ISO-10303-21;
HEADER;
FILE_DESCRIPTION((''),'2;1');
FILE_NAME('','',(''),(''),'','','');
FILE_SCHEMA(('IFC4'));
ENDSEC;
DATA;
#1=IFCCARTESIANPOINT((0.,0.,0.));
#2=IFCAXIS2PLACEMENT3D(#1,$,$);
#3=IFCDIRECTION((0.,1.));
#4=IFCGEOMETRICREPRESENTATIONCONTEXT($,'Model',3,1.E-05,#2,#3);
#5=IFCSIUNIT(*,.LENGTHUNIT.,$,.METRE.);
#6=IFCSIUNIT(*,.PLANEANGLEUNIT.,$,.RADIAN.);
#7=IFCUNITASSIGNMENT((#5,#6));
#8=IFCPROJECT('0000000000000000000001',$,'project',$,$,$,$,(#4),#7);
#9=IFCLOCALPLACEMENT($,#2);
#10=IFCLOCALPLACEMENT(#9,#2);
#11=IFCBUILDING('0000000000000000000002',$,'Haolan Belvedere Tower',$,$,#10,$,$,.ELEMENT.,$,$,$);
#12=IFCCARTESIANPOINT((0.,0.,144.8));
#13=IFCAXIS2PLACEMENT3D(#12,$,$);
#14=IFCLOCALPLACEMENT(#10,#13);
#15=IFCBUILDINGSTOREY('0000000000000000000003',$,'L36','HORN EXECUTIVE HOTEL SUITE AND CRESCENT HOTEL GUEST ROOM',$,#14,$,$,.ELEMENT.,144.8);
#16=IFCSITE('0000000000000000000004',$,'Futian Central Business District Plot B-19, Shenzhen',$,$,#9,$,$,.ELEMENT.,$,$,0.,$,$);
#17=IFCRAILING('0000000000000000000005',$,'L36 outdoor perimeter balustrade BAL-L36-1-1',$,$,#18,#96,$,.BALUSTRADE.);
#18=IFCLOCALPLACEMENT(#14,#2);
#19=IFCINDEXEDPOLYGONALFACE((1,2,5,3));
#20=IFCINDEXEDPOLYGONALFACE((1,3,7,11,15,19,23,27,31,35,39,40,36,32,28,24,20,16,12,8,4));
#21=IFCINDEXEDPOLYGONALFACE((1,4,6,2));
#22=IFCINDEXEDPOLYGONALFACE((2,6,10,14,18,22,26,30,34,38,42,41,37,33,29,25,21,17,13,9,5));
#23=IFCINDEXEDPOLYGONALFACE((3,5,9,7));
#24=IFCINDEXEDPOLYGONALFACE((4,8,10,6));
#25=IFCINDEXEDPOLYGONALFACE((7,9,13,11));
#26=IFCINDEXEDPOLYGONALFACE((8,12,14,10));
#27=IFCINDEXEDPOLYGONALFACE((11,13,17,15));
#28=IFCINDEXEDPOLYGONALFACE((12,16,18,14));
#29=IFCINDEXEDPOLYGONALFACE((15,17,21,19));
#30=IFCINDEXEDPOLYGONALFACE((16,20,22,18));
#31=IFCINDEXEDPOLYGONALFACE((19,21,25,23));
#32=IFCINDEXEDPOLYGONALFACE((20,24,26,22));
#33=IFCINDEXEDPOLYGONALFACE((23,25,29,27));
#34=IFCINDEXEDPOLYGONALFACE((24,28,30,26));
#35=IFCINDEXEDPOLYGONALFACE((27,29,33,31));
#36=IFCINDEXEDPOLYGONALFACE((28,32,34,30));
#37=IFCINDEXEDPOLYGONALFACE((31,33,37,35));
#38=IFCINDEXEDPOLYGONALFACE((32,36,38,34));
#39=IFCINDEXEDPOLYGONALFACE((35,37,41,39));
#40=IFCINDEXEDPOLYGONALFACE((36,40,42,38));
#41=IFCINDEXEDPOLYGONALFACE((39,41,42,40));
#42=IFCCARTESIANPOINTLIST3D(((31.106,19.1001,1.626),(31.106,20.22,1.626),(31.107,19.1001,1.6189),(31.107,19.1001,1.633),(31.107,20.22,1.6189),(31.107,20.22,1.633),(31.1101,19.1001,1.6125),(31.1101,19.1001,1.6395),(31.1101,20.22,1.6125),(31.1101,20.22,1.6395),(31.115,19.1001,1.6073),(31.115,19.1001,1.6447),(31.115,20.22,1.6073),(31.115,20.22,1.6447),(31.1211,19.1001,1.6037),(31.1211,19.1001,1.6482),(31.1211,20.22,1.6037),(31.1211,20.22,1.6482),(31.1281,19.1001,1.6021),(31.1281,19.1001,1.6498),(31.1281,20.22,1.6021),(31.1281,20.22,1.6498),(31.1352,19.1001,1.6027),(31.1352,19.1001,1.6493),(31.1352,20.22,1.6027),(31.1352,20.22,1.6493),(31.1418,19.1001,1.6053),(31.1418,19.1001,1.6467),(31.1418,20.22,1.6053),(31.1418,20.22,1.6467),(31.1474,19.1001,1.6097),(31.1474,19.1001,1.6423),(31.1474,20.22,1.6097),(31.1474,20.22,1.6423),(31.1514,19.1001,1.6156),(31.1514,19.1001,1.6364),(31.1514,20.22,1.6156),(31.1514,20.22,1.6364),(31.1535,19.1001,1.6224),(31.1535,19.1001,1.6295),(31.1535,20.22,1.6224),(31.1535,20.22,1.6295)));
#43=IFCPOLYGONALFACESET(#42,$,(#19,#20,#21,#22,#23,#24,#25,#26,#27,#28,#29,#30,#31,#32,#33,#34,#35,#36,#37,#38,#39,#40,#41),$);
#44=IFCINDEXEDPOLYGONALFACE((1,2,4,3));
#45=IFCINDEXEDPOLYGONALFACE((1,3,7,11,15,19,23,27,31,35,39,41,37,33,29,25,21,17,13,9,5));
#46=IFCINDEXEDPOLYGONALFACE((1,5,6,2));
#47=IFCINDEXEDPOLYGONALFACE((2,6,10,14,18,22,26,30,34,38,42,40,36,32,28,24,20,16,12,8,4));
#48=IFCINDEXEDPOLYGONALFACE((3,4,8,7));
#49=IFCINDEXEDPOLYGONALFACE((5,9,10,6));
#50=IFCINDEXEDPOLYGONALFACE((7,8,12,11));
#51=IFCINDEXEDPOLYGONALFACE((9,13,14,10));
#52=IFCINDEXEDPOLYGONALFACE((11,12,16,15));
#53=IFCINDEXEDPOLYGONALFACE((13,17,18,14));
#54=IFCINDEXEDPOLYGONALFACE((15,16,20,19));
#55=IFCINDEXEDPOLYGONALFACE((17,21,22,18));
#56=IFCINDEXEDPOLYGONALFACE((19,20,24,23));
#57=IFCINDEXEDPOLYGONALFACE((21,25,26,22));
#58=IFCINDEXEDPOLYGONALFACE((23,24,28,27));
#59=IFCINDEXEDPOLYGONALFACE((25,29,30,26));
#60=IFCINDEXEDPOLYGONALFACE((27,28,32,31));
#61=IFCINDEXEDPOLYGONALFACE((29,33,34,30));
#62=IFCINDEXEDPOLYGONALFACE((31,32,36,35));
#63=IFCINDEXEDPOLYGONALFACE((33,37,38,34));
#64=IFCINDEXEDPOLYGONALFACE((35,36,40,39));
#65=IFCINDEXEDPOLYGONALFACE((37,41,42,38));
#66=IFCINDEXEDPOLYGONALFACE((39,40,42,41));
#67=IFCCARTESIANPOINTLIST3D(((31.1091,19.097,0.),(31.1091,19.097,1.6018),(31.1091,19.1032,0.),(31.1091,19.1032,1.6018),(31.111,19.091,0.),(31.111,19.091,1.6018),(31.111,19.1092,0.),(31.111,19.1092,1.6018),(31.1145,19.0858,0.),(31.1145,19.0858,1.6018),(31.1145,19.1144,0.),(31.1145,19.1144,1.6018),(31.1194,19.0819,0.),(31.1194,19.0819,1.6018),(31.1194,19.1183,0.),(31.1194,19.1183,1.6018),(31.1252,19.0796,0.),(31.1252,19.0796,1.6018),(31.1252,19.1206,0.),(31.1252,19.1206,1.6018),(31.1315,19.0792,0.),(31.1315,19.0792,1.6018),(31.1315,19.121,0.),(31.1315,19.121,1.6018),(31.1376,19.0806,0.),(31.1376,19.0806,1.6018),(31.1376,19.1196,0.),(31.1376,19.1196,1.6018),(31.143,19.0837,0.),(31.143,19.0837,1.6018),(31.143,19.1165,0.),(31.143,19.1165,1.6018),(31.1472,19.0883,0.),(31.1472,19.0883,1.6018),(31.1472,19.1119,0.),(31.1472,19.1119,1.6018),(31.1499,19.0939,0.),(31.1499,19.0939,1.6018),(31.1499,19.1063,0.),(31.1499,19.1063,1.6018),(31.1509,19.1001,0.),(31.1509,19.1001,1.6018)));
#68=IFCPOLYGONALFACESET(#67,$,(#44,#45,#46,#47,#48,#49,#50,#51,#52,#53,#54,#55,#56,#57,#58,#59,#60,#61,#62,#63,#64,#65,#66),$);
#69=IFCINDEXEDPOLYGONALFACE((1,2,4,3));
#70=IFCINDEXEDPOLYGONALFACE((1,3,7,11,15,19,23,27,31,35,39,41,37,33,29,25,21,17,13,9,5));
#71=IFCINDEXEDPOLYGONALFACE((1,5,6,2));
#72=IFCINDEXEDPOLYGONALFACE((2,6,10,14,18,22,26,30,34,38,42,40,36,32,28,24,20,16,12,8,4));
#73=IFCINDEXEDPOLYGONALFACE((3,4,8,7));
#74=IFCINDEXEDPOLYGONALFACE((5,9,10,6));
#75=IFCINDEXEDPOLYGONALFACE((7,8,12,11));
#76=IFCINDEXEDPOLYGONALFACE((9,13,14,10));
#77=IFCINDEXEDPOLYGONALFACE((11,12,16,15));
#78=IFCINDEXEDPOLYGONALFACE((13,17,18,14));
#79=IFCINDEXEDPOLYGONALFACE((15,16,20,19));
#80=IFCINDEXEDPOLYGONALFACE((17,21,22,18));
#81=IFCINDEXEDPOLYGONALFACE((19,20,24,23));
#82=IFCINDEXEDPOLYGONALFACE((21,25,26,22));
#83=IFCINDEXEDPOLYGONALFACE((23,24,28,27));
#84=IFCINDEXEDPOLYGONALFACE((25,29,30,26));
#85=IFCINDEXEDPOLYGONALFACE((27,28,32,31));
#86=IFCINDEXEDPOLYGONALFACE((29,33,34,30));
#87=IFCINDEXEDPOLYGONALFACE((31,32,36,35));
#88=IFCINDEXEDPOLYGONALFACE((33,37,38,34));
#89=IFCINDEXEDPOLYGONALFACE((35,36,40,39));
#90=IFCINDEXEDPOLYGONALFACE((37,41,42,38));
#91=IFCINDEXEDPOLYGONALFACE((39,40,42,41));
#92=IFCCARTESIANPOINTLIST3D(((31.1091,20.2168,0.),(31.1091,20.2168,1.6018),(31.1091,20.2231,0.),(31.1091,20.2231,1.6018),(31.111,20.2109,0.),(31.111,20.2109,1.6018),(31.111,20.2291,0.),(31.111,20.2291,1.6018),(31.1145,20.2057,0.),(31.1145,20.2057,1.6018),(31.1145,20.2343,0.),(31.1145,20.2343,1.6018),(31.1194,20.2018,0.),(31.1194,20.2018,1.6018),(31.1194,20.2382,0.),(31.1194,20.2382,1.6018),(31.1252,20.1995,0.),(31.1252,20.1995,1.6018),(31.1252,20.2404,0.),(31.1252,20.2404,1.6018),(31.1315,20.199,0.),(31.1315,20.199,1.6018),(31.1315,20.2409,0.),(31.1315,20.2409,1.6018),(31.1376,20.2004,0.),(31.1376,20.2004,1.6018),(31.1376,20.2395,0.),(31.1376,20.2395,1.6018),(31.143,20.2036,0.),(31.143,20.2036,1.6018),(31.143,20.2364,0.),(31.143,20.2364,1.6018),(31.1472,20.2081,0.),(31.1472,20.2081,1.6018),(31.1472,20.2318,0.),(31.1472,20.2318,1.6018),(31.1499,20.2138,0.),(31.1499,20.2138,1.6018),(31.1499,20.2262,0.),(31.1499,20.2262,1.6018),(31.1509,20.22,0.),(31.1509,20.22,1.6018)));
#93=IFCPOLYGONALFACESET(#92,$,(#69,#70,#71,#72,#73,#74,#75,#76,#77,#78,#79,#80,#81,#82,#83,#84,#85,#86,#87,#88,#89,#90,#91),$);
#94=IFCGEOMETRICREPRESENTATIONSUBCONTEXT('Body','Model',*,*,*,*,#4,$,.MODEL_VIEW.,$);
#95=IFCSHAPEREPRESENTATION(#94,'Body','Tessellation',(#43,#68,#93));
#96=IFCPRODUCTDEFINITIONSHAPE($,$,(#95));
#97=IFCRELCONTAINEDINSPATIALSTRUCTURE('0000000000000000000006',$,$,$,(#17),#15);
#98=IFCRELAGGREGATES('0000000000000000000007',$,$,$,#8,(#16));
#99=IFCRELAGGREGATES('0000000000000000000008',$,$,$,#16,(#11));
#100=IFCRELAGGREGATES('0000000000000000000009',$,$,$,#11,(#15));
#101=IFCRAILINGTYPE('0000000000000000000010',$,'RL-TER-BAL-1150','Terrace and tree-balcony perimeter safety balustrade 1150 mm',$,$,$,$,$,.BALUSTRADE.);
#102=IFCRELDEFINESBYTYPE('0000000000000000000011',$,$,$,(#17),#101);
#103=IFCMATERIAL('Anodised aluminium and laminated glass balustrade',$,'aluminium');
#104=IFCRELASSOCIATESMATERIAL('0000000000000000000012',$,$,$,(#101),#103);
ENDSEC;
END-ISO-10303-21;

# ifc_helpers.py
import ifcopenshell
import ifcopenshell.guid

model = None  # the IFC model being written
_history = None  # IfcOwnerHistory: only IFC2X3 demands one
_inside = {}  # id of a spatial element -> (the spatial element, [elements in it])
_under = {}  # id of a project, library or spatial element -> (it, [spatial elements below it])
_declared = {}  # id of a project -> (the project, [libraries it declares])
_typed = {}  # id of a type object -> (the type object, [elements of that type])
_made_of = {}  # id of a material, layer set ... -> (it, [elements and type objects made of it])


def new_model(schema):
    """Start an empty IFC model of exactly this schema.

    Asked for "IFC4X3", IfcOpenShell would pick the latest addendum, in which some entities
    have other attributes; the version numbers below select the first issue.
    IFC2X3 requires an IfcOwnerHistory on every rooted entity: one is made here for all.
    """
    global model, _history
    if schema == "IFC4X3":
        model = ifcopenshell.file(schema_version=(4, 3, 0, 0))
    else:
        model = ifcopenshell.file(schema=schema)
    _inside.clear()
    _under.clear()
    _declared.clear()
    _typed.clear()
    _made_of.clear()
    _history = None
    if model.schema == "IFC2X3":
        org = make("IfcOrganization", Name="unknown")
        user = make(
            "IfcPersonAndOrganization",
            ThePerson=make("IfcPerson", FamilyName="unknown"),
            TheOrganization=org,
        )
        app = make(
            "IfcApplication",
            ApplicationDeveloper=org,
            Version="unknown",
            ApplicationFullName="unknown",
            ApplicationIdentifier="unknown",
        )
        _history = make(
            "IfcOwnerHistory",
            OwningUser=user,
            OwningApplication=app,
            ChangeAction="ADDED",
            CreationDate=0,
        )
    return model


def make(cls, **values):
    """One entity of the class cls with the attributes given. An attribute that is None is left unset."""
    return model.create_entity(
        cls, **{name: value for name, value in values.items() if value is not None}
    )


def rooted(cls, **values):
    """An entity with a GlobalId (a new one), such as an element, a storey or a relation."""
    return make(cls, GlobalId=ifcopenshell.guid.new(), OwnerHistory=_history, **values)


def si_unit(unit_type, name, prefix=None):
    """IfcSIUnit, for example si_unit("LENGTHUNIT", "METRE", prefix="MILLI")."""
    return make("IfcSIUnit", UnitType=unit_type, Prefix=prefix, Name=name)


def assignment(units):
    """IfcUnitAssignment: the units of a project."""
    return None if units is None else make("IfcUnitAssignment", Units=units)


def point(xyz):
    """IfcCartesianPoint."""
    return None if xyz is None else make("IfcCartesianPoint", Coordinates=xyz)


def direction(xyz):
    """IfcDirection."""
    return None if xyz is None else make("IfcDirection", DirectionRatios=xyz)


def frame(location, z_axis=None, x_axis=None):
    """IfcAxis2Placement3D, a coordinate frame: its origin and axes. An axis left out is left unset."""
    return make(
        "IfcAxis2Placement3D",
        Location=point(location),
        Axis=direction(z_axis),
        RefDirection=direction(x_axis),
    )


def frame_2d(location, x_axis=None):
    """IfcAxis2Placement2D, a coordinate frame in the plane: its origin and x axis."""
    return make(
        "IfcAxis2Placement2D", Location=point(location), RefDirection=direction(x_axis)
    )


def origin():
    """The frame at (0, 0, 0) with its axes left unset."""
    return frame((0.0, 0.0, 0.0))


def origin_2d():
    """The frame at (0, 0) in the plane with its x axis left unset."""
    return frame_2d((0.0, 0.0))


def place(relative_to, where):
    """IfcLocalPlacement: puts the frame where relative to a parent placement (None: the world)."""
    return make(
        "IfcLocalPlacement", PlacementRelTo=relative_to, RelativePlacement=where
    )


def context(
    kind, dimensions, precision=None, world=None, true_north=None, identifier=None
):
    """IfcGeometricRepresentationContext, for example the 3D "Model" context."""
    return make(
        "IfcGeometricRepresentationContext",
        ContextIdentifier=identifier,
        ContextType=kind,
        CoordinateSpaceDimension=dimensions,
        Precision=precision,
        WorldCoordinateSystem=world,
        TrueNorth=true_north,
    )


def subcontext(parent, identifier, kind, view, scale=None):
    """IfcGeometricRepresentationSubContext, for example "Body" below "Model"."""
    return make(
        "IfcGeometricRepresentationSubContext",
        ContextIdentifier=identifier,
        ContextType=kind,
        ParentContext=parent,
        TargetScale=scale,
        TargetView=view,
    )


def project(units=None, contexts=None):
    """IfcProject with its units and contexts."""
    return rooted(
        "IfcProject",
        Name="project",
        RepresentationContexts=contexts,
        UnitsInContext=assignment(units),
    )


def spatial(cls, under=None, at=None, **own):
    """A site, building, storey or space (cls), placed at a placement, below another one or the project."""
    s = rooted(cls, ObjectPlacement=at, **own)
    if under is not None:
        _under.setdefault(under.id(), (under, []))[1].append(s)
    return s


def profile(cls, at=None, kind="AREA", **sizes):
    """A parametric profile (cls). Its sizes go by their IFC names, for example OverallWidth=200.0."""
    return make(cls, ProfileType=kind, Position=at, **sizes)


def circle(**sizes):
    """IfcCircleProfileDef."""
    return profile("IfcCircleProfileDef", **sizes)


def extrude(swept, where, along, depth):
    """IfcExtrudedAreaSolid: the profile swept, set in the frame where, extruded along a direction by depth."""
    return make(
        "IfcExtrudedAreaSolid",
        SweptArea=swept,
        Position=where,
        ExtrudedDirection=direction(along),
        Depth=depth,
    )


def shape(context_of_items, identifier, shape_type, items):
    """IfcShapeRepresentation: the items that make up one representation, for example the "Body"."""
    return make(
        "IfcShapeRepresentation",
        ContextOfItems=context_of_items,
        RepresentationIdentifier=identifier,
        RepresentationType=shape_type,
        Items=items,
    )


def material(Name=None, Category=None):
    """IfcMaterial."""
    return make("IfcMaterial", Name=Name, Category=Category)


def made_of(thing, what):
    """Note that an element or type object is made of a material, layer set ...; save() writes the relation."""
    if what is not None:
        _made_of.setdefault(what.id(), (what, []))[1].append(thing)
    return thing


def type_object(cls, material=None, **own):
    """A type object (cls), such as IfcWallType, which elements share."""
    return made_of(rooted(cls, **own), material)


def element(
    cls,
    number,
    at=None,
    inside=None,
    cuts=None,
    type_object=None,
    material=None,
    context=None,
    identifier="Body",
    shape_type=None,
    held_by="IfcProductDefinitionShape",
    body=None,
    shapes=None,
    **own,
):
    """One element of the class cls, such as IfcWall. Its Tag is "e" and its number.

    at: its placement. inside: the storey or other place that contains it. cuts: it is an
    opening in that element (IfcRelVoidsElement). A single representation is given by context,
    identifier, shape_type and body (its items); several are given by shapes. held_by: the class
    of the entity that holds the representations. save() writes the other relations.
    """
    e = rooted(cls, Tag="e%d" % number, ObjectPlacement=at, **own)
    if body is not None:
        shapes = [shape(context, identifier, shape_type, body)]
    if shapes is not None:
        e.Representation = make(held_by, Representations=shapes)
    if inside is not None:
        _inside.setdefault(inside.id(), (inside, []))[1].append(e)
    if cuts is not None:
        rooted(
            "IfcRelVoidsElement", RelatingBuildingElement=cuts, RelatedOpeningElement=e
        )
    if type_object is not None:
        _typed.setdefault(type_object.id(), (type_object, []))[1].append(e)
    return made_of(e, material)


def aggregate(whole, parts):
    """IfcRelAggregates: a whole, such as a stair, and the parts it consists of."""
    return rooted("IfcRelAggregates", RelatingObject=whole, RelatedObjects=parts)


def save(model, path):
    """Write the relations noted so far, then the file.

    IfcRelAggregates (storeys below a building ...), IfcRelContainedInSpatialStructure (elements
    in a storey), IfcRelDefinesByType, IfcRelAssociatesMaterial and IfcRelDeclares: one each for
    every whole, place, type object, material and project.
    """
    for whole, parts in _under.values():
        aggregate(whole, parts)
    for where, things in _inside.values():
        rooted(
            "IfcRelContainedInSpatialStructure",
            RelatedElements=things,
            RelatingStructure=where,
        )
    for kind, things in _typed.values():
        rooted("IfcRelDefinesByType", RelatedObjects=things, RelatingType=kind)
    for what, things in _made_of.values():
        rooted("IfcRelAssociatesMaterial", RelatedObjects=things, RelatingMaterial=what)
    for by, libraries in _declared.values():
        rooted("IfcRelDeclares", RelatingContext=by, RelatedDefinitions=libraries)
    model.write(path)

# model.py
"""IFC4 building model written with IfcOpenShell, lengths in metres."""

from ifc_helpers import new_model, si_unit, direction, frame, origin, origin_2d, place, context, subcontext, project, spatial, circle, extrude, material, type_object, element, save


model = new_model("IFC4")

# Units and contexts
model_context = context("Model", 3, precision=1e-05, world=origin(), true_north=direction((0.0, 1.0)))
body_context = subcontext(model_context, "Body", "Model", "MODEL_VIEW")
ifc_project = project(units=[si_unit("LENGTHUNIT", "METRE"), si_unit("PLANEANGLEUNIT", "RADIAN")], contexts=[model_context])

# Site, building, storey
site_placement = place(None, origin())
site = spatial("IfcSite", under=ifc_project, at=site_placement, Name="Futian Central Business District Plot B-19, Shenzhen", CompositionType="ELEMENT", RefElevation=0.0)
building_placement = place(site_placement, origin())
building = spatial("IfcBuilding", under=site, at=building_placement, Name="Haolan Belvedere Tower", CompositionType="ELEMENT")
storey_placement = place(building_placement, frame((0.0, 0.0, 144.8)))
storey = spatial("IfcBuildingStorey", under=building, at=storey_placement, Name="L36", Description="HORN EXECUTIVE HOTEL SUITE AND CRESCENT HOTEL GUEST ROOM", CompositionType="ELEMENT", Elevation=144.8)

# Railing
ifc_material_1 = material(Name="Anodised aluminium and laminated glass balustrade", Category="aluminium")
railing_type = type_object("IfcRailingType", Name="RL-TER-BAL-1150", Description="Terrace and tree-balcony perimeter safety balustrade 1150 mm", PredefinedType="BALUSTRADE", material=ifc_material_1)
railing_placement = place(storey_placement, frame((31.1299, 19.1001, 0.0)))
element("IfcRailing", 1, at=railing_placement, inside=storey, type_object=railing_type, Name="L36 outdoor perimeter balustrade BAL-L36-1-1", PredefinedType="BALUSTRADE", context=body_context, shape_type="SweptSolid", body=[
    extrude(circle(Radius=0.0239, at=origin_2d()), frame((0.0, 0.0, 1.626), z_axis=(0.0, 1.0, 0.0), x_axis=(-1.0, 0.0, 0.0)), (0.0, 0.0, 1.0), 1.1199),
    extrude(circle(Radius=0.021, at=origin_2d()), origin(), (0.0, 0.0, 1.0), 1.6018),
    extrude(circle(Radius=0.021, at=origin_2d()), frame((0.0, 1.1199, 0.0)), (0.0, 0.0, 1.0), 1.6018),
])

save(model, "model.ifc")
